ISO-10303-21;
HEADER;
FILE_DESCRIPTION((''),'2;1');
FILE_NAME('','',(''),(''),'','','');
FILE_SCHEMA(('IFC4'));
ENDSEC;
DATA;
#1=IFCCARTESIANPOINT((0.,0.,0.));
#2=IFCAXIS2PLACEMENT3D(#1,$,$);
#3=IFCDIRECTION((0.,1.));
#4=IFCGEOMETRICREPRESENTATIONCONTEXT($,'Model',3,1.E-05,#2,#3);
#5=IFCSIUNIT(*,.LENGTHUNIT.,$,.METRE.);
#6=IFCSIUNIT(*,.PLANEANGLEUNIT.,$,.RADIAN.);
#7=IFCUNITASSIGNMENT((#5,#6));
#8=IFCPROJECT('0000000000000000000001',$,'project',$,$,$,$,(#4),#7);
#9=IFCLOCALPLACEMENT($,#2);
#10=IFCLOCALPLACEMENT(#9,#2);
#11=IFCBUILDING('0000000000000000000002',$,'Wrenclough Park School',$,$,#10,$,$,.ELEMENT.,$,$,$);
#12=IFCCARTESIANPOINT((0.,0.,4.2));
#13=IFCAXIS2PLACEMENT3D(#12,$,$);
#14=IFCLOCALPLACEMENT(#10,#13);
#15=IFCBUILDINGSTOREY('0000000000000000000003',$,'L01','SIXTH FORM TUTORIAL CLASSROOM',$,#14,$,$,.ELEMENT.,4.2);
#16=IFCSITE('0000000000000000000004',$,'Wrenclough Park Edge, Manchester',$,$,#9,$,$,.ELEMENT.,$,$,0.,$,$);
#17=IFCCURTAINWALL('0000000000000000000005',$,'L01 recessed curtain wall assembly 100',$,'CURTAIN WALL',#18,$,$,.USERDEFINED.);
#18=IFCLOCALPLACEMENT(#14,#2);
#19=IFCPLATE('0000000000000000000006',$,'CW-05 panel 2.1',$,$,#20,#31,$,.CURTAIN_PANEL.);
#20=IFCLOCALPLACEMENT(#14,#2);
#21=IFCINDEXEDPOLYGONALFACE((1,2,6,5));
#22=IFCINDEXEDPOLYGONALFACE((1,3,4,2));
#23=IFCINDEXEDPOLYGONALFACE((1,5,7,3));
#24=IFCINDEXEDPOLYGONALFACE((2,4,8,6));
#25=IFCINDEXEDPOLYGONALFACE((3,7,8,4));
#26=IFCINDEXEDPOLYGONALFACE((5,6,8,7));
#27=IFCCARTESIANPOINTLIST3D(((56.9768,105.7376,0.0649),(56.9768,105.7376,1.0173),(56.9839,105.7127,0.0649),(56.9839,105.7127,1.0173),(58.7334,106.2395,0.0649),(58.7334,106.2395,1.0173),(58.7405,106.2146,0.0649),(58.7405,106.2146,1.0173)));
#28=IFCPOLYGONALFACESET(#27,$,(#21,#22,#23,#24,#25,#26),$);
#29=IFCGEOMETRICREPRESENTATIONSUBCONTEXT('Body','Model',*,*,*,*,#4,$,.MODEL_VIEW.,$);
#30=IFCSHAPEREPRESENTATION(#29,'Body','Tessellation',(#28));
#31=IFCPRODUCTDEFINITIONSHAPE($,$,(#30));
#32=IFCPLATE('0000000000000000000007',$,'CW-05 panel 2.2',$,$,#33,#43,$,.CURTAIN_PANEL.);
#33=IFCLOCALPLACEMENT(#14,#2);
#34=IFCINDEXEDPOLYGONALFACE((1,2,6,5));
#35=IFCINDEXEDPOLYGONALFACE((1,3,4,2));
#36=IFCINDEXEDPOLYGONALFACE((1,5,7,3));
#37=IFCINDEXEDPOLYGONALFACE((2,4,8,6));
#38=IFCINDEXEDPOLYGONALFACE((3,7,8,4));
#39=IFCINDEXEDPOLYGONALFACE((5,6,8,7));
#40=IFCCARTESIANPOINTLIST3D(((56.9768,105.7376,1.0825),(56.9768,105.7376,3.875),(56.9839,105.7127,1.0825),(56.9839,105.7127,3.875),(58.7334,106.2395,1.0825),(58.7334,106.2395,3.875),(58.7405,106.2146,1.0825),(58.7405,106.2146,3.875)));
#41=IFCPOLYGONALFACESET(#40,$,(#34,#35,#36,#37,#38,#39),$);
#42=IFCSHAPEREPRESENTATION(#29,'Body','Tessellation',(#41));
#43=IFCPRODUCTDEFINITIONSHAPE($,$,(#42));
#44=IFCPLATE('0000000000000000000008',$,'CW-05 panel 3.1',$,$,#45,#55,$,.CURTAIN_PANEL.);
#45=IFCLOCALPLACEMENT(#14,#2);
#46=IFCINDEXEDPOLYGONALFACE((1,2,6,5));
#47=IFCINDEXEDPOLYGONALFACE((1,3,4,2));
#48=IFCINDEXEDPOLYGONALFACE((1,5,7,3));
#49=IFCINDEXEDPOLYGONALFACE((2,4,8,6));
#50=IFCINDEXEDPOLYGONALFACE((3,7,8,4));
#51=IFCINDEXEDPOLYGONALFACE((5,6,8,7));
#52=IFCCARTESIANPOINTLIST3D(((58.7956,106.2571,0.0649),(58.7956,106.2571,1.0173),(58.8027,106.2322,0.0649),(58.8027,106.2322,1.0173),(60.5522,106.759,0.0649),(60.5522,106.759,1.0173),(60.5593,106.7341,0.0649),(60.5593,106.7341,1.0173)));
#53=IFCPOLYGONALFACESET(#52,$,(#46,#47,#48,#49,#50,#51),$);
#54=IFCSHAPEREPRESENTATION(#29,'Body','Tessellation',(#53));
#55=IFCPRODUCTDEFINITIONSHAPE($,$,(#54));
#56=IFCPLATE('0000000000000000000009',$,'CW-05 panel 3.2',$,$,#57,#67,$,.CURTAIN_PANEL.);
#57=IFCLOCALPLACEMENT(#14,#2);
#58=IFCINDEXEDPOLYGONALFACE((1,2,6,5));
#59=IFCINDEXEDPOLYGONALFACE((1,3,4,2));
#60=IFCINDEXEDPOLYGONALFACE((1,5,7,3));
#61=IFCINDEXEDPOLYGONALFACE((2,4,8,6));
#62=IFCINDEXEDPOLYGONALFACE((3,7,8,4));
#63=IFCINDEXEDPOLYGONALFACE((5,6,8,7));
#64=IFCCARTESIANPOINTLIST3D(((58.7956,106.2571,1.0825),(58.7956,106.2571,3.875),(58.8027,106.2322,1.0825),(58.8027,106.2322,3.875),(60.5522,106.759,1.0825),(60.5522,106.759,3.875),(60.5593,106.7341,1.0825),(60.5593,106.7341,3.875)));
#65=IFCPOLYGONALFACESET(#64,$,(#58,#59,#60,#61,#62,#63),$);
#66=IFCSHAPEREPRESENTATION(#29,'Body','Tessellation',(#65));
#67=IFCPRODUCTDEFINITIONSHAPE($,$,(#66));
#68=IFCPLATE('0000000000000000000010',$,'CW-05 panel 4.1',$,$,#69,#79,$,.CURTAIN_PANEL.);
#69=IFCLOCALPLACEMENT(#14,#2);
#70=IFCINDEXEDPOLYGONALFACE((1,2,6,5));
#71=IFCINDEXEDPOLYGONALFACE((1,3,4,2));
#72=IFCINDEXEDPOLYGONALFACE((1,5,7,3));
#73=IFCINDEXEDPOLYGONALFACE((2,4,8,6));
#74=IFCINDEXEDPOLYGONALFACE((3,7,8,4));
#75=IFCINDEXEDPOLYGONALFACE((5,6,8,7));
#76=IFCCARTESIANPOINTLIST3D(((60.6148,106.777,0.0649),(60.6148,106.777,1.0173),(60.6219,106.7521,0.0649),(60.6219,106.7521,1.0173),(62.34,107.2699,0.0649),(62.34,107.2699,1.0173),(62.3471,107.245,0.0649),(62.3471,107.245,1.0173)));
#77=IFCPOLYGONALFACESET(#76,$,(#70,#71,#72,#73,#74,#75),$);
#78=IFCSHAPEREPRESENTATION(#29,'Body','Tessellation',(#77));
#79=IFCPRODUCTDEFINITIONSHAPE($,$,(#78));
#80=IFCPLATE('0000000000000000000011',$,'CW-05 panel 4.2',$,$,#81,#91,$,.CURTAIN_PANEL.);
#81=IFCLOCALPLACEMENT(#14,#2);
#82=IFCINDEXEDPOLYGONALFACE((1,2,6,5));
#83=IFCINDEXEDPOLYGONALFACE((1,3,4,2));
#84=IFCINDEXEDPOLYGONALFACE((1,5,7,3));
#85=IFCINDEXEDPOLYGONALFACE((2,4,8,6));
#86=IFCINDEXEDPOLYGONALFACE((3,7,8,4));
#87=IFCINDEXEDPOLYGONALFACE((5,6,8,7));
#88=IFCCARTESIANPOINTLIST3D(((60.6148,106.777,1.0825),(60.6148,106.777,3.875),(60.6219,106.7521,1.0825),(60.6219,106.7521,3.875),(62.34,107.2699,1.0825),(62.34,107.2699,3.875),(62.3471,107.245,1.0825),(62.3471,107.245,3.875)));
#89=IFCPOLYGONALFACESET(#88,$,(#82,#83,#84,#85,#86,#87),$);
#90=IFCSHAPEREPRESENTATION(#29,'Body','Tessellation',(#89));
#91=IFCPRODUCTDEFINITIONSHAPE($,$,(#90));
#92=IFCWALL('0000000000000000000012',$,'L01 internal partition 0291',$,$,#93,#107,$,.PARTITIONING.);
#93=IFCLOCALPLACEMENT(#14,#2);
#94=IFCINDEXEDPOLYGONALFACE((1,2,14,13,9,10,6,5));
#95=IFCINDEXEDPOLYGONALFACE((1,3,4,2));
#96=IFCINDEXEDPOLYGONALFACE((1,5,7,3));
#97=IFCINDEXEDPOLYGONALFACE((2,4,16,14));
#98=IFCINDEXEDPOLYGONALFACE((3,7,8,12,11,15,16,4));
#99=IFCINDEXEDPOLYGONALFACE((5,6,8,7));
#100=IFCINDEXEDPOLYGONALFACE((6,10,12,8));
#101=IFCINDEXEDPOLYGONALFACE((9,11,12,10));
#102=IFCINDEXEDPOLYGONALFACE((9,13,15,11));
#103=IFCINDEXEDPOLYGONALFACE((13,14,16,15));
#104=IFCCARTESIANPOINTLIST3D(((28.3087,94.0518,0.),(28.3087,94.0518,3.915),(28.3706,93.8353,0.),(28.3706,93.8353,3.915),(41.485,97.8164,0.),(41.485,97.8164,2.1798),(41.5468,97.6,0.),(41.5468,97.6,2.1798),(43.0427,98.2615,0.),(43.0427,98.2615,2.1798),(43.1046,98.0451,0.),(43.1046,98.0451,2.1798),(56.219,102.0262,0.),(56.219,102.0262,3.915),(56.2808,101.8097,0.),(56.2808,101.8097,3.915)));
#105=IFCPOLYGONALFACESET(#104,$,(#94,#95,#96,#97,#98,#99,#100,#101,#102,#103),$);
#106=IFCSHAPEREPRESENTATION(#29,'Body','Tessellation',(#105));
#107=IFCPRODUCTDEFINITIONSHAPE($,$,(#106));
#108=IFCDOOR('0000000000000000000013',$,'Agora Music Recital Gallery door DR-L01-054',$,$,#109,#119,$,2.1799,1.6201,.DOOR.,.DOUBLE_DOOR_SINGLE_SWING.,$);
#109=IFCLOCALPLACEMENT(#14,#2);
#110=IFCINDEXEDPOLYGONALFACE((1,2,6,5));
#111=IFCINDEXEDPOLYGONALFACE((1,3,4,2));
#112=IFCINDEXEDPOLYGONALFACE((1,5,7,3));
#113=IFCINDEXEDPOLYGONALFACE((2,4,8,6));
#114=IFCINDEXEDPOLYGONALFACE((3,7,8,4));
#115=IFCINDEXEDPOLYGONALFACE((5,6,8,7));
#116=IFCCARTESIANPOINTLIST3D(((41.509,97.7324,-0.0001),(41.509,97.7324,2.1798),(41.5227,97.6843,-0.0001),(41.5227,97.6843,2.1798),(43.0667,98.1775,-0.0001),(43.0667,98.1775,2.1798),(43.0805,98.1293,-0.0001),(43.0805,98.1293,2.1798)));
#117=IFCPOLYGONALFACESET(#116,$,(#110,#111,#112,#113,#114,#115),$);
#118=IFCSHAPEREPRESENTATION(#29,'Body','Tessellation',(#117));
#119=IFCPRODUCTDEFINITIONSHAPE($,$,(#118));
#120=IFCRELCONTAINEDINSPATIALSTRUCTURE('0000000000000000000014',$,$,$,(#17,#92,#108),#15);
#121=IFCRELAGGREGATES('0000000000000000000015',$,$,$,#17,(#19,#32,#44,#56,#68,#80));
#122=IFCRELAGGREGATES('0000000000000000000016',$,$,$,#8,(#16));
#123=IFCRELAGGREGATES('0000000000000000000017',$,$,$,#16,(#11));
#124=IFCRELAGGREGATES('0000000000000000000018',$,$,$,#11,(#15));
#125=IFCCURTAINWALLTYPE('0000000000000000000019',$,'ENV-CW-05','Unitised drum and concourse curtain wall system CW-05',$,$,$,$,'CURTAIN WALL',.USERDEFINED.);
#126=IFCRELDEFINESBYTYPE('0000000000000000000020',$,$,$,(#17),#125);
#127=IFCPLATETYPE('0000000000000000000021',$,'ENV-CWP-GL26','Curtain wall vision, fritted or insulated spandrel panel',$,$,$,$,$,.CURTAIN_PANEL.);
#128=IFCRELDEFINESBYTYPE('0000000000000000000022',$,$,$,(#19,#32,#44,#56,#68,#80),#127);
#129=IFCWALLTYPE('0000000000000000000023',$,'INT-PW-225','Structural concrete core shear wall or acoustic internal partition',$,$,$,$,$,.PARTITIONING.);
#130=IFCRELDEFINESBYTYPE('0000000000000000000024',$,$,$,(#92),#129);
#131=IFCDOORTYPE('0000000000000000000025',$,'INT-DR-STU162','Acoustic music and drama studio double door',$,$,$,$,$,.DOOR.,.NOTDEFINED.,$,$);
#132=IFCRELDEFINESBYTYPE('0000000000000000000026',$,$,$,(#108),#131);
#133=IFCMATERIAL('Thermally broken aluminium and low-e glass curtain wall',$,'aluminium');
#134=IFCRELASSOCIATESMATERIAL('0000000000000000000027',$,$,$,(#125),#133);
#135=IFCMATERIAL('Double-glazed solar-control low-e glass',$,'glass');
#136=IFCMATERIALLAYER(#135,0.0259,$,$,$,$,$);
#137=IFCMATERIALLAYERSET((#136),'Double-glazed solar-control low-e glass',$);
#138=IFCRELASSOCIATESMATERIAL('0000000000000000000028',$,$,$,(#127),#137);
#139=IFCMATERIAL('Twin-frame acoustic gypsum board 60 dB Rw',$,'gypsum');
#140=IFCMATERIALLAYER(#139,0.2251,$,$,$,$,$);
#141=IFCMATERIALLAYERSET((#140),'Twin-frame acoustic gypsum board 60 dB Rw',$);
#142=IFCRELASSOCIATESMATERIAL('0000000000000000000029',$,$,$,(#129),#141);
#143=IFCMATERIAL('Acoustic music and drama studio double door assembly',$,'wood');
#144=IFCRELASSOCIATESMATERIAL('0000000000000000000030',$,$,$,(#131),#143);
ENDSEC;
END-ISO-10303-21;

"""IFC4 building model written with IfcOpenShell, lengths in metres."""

from ifc_helpers import new_model, si_unit, direction, frame, frame_2d, origin, origin_2d, place, context, subcontext, project, spatial, rectangle, extrude, material, layer, layer_set, type_object, element, fill, aggregate, save


model = new_model("IFC4")

# Units and contexts
model_context = context("Model", 3, precision=1e-05, world=origin(), true_north=direction((0.0, 1.0)))
body_context = subcontext(model_context, "Body", "Model", "MODEL_VIEW")
ifc_project = project(units=[si_unit("LENGTHUNIT", "METRE"), si_unit("PLANEANGLEUNIT", "RADIAN")], contexts=[model_context])

# Site, building, storey
site_placement = place(None, origin())
site = spatial("IfcSite", under=ifc_project, at=site_placement, Name="Wrenclough Park Edge, Manchester", CompositionType="ELEMENT", RefElevation=0.0)
building_placement = place(site_placement, origin())
building = spatial("IfcBuilding", under=site, at=building_placement, Name="Wrenclough Park School", CompositionType="ELEMENT")
storey_placement = place(building_placement, frame((0.0, 0.0, 4.2)))
storey = spatial("IfcBuildingStorey", under=building, at=storey_placement, Name="L01", Description="SIXTH FORM TUTORIAL CLASSROOM", CompositionType="ELEMENT", Elevation=4.2)

# Curtain wall
ifc_material_1 = material(Name="Thermally broken aluminium and low-e glass curtain wall", Category="aluminium")
curtain_wall_type_1 = type_object("IfcCurtainWallType", Name="ENV-CW-05", Description="Unitised drum and concourse curtain wall system CW-05", ElementType="CURTAIN WALL", PredefinedType="USERDEFINED", material=ifc_material_1)
curtain_wall_1_placement = place(storey_placement, origin())
curtain_wall_1 = element("IfcCurtainWall", 1, at=curtain_wall_1_placement, inside=storey, type_object=curtain_wall_type_1, Name="L01 recessed curtain wall assembly 100", ObjectType="CURTAIN WALL", PredefinedType="USERDEFINED")

# Plates
ifc_material_2 = material(Name="Double-glazed solar-control low-e glass", Category="glass")
ifc_layer_1 = layer(ifc_material_2, 0.0259)
ifc_layer_set_1 = layer_set([ifc_layer_1], Name="Double-glazed solar-control low-e glass")
plate_type = type_object("IfcPlateType", Name="ENV-CWP-GL26", Description="Curtain wall vision, fritted or insulated spandrel panel", PredefinedType="CURTAIN_PANEL", material=ifc_layer_set_1)
plate_1_placement = place(storey_placement, frame((57.8586, 105.9761, 0.0649), z_axis=(0.0, 0.0, 1.0), x_axis=(0.961522, 0.274726, 0.0)))
plate_1 = element("IfcPlate", 2, at=plate_1_placement, type_object=plate_type, Name="CW-05 panel 2.1", PredefinedType="CURTAIN_PANEL", context=body_context, shape_type="SweptSolid", body=[
    extrude(rectangle(XDim=1.8269, YDim=0.0259, at=origin_2d()), origin(), (0.0, 0.0, 1.0), 0.9524),
])
plate_2_placement = place(storey_placement, frame((57.8586, 105.9761, 1.0825), z_axis=(0.0, 0.0, 1.0), x_axis=(0.961522, 0.274726, 0.0)))
plate_2 = element("IfcPlate", 3, at=plate_2_placement, type_object=plate_type, Name="CW-05 panel 2.2", PredefinedType="CURTAIN_PANEL", context=body_context, shape_type="SweptSolid", body=[
    extrude(rectangle(XDim=1.8269, YDim=0.0259, at=origin_2d()), origin(), (0.0, 0.0, 1.0), 2.7925),
])
plate_3_placement = place(storey_placement, frame((59.6775, 106.4956, 0.0649), z_axis=(0.0, 0.0, 1.0), x_axis=(0.961522, 0.274726, 0.0)))
plate_3 = element("IfcPlate", 4, at=plate_3_placement, type_object=plate_type, Name="CW-05 panel 3.1", PredefinedType="CURTAIN_PANEL", context=body_context, shape_type="SweptSolid", body=[
    extrude(rectangle(XDim=1.8269, YDim=0.0259, at=origin_2d()), origin(), (0.0, 0.0, 1.0), 0.9524),
])
plate_4_placement = place(storey_placement, frame((59.6775, 106.4956, 1.0825), z_axis=(0.0, 0.0, 1.0), x_axis=(0.961522, 0.274726, 0.0)))
plate_4 = element("IfcPlate", 5, at=plate_4_placement, type_object=plate_type, Name="CW-05 panel 3.2", PredefinedType="CURTAIN_PANEL", context=body_context, shape_type="SweptSolid", body=[
    extrude(rectangle(XDim=1.8269, YDim=0.0259, at=origin_2d()), origin(), (0.0, 0.0, 1.0), 2.7925),
])
plate_5_placement = place(storey_placement, frame((61.481, 107.011, 0.0649), z_axis=(0.0, 0.0, 1.0), x_axis=(0.961522, 0.274726, 0.0)))
plate_5 = element("IfcPlate", 6, at=plate_5_placement, type_object=plate_type, Name="CW-05 panel 4.1", PredefinedType="CURTAIN_PANEL", context=body_context, shape_type="SweptSolid", body=[
    extrude(rectangle(XDim=1.7942, YDim=0.0259, at=origin_2d()), origin(), (0.0, 0.0, 1.0), 0.9524),
])
plate_6_placement = place(storey_placement, frame((61.481, 107.011, 1.0825), z_axis=(0.0, 0.0, 1.0), x_axis=(0.961522, 0.274726, 0.0)))
plate_6 = element("IfcPlate", 7, at=plate_6_placement, type_object=plate_type, Name="CW-05 panel 4.2", PredefinedType="CURTAIN_PANEL", context=body_context, shape_type="SweptSolid", body=[
    extrude(rectangle(XDim=1.7942, YDim=0.0259, at=origin_2d()), origin(), (0.0, 0.0, 1.0), 2.7925),
])
aggregate(curtain_wall_1, [plate_1, plate_2, plate_3, plate_4, plate_5, plate_6])

# Wall, opening, door
ifc_material_3 = material(Name="Twin-frame acoustic gypsum board 60 dB Rw", Category="gypsum")
ifc_layer_2 = layer(ifc_material_3, 0.2251)
ifc_layer_set_2 = layer_set([ifc_layer_2], Name="Twin-frame acoustic gypsum board 60 dB Rw")
wall_type = type_object("IfcWallType", Name="INT-PW-225", Description="Structural concrete core shear wall or acoustic internal partition", PredefinedType="PARTITIONING", material=ifc_layer_set_2)
wall_placement = place(storey_placement, frame((56.25, 101.918, 0.0), z_axis=(0.0, 0.0, 1.0), x_axis=(-0.961524, -0.274722, 0.0)))
wall = element("IfcWall", 8, at=wall_placement, inside=storey, type_object=wall_type, Name="L01 internal partition 0291", PredefinedType="PARTITIONING", context=body_context, shape_type="SweptSolid", body=[
    extrude(rectangle(XDim=29.0271, YDim=0.2251, at=frame_2d((14.5137, 0.0))), origin(), (0.0, 0.0, 1.0), 3.915),
])
opening_placement = place(wall_placement, frame((13.7036, 0.0, 0.0)))
opening = element("IfcOpeningElement", 9, at=opening_placement, cuts=wall, PredefinedType="OPENING", context=body_context, shape_type="SweptSolid", body=[
    extrude(rectangle(XDim=1.6201, YDim=2.1799, at=frame_2d((0.8101, 1.0898))), frame((0.0, 0.1226, 0.0), z_axis=(0.0, -1.0, 0.0), x_axis=(1.0, 0.0, 0.0)), (0.0, 0.0, 1.0), 0.2451),
])
ifc_material_4 = material(Name="Acoustic music and drama studio double door assembly", Category="wood")
door_type = type_object("IfcDoorType", Name="INT-DR-STU162", Description="Acoustic music and drama studio double door", OperationType="NOTDEFINED", PredefinedType="DOOR", material=ifc_material_4)
door_placement = place(opening_placement, origin())
door = element("IfcDoor", 10, at=door_placement, inside=storey, type_object=door_type, Name="Agora Music Recital Gallery door DR-L01-054", OperationType="DOUBLE_DOOR_SINGLE_SWING", OverallHeight=2.1799, OverallWidth=1.6201, PredefinedType="DOOR", context=body_context, shape_type="SweptSolid", body=[
    extrude(rectangle(XDim=1.6201, YDim=2.1799, at=frame_2d((0.8101, 1.0898))), frame((0.0, 0.0249, 0.0), z_axis=(0.0, -1.0, 0.0), x_axis=(1.0, 0.0, 0.0)), (0.0, 0.0, 1.0), 0.05),
])
fill(opening, door)

save(model, "model.ifc")
